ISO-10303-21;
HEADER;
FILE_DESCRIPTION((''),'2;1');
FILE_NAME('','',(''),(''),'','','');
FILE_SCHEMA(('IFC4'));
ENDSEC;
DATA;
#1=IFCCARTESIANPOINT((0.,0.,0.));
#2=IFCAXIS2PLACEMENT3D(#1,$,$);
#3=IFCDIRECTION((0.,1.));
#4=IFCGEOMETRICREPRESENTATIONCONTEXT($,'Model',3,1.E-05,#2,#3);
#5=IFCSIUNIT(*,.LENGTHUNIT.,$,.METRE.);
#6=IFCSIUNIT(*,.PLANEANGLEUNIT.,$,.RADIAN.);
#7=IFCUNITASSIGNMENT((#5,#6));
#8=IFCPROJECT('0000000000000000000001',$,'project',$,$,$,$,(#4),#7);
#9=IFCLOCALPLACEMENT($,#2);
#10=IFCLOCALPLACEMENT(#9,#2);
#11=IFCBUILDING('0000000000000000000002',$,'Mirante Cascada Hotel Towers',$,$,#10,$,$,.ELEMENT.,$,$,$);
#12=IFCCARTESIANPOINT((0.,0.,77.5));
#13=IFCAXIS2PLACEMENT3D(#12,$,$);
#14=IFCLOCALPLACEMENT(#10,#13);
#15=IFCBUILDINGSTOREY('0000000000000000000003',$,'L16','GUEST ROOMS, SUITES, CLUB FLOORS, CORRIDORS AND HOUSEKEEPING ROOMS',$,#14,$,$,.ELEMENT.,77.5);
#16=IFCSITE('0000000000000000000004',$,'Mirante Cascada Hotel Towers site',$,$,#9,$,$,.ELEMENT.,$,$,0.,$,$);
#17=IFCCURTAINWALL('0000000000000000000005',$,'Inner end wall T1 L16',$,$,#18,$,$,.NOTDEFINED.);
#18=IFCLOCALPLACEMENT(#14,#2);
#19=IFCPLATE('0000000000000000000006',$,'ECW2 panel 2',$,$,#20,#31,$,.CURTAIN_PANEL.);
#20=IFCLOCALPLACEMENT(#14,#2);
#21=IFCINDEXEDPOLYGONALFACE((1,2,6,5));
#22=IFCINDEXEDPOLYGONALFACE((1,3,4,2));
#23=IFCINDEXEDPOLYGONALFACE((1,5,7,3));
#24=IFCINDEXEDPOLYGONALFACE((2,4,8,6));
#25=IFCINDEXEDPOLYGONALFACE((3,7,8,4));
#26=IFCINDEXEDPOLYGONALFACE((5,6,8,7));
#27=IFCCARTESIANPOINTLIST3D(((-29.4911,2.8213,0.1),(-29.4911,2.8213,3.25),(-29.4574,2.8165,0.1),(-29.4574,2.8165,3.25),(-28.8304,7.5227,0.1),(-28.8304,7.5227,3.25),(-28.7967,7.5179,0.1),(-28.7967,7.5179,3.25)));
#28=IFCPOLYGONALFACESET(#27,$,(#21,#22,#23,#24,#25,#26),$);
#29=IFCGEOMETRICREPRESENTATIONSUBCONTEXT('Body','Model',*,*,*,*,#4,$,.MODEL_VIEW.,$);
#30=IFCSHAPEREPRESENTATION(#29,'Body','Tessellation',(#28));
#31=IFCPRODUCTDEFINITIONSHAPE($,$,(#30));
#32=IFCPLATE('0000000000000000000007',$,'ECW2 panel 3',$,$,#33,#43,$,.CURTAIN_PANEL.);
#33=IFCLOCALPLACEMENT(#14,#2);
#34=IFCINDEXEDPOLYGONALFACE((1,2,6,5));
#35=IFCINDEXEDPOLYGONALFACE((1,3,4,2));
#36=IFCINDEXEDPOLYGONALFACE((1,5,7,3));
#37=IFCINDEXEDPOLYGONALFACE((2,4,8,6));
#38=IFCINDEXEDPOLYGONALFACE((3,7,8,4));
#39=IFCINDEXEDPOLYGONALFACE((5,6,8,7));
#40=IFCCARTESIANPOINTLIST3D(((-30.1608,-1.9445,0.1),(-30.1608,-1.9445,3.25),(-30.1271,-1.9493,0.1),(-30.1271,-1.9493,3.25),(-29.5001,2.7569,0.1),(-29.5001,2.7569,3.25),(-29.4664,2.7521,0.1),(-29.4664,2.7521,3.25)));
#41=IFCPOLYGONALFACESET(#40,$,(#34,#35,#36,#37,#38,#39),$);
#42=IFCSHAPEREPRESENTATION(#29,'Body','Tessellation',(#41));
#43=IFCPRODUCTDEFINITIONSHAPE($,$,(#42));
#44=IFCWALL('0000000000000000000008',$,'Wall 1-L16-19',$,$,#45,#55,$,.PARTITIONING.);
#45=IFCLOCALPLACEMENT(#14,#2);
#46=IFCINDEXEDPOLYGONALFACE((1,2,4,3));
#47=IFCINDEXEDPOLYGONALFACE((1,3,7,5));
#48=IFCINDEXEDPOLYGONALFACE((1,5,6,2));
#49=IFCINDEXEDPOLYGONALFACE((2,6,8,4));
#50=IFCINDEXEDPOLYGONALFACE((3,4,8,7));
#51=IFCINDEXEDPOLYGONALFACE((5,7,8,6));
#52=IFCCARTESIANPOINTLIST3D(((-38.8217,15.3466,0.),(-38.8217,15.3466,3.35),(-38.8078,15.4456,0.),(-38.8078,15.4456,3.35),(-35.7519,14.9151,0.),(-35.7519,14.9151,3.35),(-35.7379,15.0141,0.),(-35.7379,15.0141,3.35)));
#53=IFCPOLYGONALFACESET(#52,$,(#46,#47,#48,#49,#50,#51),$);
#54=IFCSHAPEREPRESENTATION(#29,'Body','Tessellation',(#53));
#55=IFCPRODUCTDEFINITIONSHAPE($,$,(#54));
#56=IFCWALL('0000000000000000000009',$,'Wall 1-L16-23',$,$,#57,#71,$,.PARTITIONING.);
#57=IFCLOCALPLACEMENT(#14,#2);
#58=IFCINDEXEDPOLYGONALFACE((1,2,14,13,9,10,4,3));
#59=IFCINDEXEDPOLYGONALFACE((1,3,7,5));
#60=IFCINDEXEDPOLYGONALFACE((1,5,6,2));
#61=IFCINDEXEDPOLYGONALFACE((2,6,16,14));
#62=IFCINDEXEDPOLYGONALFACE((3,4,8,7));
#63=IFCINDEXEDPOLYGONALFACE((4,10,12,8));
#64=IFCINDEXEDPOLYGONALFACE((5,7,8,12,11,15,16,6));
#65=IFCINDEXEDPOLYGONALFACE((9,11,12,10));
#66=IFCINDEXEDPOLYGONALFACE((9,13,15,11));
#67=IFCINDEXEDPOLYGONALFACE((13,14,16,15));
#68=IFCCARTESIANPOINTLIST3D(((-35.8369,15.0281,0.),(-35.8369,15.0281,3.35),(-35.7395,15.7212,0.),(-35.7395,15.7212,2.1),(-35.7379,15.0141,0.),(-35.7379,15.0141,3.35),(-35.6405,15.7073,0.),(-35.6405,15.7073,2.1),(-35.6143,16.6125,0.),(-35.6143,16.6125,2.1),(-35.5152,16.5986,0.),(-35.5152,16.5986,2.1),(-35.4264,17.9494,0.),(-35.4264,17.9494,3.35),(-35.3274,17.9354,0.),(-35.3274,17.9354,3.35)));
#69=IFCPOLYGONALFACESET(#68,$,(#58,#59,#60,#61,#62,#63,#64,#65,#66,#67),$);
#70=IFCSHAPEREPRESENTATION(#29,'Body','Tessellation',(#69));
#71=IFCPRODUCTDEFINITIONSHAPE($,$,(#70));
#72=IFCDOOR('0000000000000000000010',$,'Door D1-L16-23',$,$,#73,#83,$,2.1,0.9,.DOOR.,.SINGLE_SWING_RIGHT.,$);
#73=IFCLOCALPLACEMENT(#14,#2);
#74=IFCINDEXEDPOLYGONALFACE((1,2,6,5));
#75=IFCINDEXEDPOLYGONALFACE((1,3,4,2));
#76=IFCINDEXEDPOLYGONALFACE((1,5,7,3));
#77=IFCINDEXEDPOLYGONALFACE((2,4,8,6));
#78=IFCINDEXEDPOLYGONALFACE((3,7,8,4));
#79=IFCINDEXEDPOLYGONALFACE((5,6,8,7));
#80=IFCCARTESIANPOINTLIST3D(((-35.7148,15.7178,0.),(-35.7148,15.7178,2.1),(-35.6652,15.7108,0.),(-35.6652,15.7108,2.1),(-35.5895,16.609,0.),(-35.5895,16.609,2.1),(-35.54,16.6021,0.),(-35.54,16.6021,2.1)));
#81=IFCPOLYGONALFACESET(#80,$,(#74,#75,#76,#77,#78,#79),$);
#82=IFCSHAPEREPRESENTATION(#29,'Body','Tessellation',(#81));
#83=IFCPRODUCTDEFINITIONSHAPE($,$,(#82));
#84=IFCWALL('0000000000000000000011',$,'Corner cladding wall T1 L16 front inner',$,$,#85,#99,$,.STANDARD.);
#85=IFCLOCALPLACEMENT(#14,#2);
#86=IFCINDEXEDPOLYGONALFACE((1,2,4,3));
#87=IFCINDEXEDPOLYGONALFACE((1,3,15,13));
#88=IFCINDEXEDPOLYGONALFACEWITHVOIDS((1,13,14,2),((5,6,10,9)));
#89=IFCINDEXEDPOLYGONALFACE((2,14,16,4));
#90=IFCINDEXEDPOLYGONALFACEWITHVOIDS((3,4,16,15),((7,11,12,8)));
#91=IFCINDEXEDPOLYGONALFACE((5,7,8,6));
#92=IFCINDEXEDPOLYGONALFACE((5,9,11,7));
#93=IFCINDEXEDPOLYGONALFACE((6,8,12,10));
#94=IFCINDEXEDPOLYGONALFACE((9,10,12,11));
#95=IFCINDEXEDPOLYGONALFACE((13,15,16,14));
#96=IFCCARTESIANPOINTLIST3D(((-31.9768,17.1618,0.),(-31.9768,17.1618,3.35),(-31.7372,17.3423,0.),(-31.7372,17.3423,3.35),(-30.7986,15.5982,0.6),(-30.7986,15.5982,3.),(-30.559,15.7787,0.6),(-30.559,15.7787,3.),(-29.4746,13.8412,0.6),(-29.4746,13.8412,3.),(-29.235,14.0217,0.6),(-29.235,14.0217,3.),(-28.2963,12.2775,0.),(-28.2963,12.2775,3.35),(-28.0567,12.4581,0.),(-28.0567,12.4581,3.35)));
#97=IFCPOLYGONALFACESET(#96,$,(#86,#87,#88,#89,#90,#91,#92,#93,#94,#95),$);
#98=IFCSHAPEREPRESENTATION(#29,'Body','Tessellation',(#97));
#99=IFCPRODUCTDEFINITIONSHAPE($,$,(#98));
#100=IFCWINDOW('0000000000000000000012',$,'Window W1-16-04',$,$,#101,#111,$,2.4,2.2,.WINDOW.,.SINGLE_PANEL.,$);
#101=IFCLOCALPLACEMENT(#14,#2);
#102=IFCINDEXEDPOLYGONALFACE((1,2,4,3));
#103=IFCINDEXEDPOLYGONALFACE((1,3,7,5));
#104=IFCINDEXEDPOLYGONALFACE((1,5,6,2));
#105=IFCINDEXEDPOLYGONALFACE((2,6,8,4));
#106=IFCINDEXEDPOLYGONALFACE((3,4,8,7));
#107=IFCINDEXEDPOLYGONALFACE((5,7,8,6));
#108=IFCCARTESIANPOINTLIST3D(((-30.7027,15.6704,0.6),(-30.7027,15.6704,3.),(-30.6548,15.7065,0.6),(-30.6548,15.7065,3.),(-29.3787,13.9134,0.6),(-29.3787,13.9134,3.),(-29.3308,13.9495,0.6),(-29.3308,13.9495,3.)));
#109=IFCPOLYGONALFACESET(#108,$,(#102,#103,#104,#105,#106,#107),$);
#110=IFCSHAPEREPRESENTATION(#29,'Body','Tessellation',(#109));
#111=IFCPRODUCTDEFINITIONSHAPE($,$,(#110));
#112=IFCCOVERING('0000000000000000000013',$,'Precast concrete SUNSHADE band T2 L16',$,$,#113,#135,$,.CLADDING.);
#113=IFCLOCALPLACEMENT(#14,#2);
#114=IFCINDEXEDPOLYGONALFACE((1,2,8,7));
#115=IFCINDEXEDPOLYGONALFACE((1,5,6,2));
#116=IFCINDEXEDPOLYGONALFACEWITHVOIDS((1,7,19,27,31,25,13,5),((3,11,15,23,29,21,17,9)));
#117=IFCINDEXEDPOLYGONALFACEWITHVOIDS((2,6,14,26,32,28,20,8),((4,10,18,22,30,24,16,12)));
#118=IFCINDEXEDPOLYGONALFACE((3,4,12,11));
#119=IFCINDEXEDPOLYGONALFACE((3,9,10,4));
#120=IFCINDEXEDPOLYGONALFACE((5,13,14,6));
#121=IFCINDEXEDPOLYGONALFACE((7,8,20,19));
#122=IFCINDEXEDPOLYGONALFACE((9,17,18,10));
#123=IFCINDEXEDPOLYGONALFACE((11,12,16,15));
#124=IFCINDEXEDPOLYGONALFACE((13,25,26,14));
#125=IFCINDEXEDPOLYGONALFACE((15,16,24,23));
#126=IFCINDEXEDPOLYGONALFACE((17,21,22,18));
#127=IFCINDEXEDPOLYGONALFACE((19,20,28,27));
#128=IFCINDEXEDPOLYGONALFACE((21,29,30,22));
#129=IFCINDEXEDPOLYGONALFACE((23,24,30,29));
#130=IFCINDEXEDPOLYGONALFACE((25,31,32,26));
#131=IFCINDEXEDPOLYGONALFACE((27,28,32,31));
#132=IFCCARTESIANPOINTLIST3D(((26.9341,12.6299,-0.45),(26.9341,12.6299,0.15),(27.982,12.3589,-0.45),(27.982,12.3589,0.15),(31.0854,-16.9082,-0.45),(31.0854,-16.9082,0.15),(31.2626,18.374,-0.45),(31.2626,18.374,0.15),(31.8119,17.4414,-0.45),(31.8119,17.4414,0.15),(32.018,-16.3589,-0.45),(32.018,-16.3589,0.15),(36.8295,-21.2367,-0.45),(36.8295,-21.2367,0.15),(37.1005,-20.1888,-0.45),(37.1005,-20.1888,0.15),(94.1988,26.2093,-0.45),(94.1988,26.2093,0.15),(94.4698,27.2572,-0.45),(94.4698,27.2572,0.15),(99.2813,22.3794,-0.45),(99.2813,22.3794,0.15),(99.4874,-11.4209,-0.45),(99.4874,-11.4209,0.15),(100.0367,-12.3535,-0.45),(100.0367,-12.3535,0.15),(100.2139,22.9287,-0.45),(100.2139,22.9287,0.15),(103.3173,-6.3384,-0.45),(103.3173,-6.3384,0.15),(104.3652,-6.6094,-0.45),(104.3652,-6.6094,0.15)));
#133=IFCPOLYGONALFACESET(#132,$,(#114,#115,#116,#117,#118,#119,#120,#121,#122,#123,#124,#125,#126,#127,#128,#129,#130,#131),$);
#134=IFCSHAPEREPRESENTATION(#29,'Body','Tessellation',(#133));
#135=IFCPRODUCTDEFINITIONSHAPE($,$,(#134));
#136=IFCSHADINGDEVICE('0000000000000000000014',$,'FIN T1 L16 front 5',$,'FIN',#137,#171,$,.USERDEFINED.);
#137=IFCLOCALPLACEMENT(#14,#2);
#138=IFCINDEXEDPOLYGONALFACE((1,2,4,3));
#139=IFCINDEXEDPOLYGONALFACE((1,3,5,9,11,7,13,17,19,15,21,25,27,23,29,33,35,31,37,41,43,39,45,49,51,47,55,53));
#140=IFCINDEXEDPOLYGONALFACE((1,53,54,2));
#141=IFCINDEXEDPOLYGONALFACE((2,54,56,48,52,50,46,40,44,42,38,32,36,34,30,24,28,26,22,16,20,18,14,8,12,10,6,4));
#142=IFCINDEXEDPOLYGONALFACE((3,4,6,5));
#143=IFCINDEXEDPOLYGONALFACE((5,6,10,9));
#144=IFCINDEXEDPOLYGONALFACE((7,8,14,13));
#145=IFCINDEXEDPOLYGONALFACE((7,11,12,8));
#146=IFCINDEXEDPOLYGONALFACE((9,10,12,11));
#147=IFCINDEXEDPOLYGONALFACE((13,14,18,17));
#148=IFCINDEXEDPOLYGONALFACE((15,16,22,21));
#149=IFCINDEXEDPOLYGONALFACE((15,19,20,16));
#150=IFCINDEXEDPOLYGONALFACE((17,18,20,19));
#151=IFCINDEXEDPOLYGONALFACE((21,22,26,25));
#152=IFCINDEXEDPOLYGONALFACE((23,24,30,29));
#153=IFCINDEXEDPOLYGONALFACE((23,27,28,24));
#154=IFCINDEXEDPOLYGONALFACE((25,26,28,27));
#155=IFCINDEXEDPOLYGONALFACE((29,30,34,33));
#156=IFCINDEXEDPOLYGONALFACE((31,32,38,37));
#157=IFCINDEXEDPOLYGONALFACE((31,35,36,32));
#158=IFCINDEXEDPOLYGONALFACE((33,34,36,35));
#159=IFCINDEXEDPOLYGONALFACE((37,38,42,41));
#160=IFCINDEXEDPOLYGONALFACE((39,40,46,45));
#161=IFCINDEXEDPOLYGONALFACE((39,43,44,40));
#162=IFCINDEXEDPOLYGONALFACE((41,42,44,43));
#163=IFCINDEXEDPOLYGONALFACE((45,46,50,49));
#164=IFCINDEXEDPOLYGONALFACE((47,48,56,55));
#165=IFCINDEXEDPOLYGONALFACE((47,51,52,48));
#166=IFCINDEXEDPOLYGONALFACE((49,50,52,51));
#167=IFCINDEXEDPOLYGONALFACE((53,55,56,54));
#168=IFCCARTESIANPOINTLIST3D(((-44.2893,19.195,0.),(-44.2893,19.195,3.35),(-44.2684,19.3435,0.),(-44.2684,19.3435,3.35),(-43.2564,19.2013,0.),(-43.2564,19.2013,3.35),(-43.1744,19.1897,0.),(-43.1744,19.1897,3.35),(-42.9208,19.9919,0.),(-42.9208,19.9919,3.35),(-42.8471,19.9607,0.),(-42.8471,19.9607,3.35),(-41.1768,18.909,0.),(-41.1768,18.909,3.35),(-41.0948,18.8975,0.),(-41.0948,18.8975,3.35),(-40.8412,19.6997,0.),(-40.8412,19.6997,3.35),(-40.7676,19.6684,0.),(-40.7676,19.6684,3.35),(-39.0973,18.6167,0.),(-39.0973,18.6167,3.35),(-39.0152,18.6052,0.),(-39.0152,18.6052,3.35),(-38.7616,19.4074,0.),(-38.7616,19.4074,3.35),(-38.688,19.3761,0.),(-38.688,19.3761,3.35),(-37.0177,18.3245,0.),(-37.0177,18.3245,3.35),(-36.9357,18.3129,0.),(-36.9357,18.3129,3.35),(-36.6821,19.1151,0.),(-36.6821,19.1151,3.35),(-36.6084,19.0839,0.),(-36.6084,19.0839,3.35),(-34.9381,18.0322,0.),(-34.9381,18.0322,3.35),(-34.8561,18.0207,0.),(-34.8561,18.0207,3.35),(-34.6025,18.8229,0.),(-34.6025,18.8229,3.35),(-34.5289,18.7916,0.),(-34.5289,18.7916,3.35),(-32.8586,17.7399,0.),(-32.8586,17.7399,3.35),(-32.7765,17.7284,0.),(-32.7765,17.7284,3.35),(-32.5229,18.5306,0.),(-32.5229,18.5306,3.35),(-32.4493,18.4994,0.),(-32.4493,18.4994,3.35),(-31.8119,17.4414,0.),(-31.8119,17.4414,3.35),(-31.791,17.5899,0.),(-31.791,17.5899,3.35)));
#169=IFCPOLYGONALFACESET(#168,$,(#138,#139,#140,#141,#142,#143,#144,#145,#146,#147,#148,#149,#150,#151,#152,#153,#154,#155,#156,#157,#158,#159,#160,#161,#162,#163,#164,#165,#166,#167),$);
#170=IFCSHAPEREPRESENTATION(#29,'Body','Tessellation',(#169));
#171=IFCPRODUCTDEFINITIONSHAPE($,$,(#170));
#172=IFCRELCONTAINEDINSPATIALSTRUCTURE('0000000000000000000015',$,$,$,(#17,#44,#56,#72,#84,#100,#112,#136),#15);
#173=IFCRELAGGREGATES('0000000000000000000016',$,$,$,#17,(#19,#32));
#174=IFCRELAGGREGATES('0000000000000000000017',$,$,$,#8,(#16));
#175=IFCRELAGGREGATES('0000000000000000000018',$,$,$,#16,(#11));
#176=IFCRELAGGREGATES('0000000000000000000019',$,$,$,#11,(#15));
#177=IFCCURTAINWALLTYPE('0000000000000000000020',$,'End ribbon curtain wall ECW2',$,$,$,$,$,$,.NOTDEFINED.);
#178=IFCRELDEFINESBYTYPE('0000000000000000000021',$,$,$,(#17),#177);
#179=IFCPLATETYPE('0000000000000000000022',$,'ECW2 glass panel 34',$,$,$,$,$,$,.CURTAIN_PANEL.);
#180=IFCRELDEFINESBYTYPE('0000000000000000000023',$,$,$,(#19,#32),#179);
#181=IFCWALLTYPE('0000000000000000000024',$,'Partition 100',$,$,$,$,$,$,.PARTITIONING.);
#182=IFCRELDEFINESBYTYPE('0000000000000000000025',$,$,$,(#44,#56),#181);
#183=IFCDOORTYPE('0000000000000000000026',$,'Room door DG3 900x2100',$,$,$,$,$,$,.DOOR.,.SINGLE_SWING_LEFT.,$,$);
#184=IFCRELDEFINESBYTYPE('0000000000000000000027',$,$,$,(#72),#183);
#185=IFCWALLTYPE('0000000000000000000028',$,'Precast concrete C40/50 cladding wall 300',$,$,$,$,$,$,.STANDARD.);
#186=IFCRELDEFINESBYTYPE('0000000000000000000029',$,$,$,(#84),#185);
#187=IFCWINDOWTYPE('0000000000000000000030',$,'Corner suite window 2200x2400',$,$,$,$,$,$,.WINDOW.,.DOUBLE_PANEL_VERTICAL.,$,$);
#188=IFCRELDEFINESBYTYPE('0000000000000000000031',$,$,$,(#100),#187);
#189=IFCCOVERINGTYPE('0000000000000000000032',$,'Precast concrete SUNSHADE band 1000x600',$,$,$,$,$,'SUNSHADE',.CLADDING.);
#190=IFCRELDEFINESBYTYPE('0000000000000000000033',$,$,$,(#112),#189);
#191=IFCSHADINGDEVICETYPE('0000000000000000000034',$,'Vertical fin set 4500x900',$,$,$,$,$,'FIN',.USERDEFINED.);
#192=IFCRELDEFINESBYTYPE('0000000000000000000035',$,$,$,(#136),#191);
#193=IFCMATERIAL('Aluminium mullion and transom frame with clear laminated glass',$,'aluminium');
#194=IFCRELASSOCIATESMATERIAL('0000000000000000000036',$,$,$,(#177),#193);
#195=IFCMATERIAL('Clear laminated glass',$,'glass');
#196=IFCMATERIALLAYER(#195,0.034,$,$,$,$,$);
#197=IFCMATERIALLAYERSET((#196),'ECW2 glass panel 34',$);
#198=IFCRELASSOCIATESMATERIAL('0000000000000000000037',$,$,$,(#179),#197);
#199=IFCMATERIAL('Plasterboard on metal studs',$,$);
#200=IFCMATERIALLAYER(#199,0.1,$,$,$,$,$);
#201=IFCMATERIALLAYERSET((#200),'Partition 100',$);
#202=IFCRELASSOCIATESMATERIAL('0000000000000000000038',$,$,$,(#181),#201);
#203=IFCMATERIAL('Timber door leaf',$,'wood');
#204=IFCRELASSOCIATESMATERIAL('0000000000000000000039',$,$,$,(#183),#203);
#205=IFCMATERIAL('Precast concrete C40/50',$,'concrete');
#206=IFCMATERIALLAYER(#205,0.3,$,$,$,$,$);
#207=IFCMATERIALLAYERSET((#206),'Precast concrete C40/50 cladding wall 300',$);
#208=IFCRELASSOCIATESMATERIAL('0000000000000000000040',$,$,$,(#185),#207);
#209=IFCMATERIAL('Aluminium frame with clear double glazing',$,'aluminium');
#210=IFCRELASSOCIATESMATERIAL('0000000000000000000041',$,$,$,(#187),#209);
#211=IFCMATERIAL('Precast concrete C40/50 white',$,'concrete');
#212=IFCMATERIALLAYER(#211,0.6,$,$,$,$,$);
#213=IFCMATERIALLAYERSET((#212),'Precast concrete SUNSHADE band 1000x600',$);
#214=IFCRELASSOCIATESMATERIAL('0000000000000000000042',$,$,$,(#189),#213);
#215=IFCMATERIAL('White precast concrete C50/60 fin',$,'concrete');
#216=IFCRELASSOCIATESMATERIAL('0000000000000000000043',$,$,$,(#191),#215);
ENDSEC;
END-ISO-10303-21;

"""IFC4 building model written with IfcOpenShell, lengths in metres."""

from ifc_helpers import new_model, si_unit, direction, frame, frame_2d, origin, origin_2d, place, context, subcontext, project, spatial, polyline, rectangle, outline, extrude, material, layer, layer_set, type_object, element, fill, aggregate, save


model = new_model("IFC4")

# Units and contexts
model_context = context("Model", 3, precision=1e-05, world=origin(), true_north=direction((0.0, 1.0)))
body_context = subcontext(model_context, "Body", "Model", "MODEL_VIEW")
ifc_project = project(units=[si_unit("LENGTHUNIT", "METRE"), si_unit("PLANEANGLEUNIT", "RADIAN")], contexts=[model_context])

# Site, building, storey
site_placement = place(None, origin())
site = spatial("IfcSite", under=ifc_project, at=site_placement, Name="Mirante Cascada Hotel Towers site", CompositionType="ELEMENT", RefElevation=0.0)
building_placement = place(site_placement, origin())
building = spatial("IfcBuilding", under=site, at=building_placement, Name="Mirante Cascada Hotel Towers", CompositionType="ELEMENT")
storey_placement = place(building_placement, frame((0.0, 0.0, 77.5)))
storey = spatial("IfcBuildingStorey", under=building, at=storey_placement, Name="L16", Description="GUEST ROOMS, SUITES, CLUB FLOORS, CORRIDORS AND HOUSEKEEPING ROOMS", CompositionType="ELEMENT", Elevation=77.5)

# Curtain wall
ifc_material_1 = material(Name="Aluminium mullion and transom frame with clear laminated glass", Category="aluminium")
curtain_wall_type_1 = type_object("IfcCurtainWallType", Name="End ribbon curtain wall ECW2", PredefinedType="NOTDEFINED", material=ifc_material_1)
curtain_wall_1_placement = place(storey_placement, origin())
curtain_wall_1 = element("IfcCurtainWall", 1, at=curtain_wall_1_placement, inside=storey, type_object=curtain_wall_type_1, Name="Inner end wall T1 L16", PredefinedType="NOTDEFINED")

# Plates
ifc_material_2 = material(Name="Clear laminated glass", Category="glass")
ifc_layer_1 = layer(ifc_material_2, 0.034)
ifc_layer_set_1 = layer_set([ifc_layer_1], Name="ECW2 glass panel 34")
plate_type_1 = type_object("IfcPlateType", Name="ECW2 glass panel 34", PredefinedType="CURTAIN_PANEL", material=ifc_layer_set_1)
plate_1_placement = place(storey_placement, frame((-29.1439, 5.1696, 0.1), z_axis=(0.0, 0.0, 1.0), x_axis=(-0.139173, -0.990268, 0.0)))
plate_1 = element("IfcPlate", 2, at=plate_1_placement, type_object=plate_type_1, Name="ECW2 panel 2", PredefinedType="CURTAIN_PANEL", context=body_context, shape_type="SweptSolid", body=[
    extrude(rectangle(XDim=4.7476, YDim=0.034, at=origin_2d()), origin(), (0.0, 0.0, 1.0), 3.15),
])
plate_2_placement = place(storey_placement, frame((-29.8136, 0.4038, 0.1), z_axis=(0.0, 0.0, 1.0), x_axis=(-0.139173, -0.990268, 0.0)))
plate_2 = element("IfcPlate", 3, at=plate_2_placement, type_object=plate_type_1, Name="ECW2 panel 3", PredefinedType="CURTAIN_PANEL", context=body_context, shape_type="SweptSolid", body=[
    extrude(rectangle(XDim=4.7476, YDim=0.034, at=origin_2d()), origin(), (0.0, 0.0, 1.0), 3.15),
])
aggregate(curtain_wall_1, [plate_1, plate_2])

# Wall
ifc_material_3 = material(Name="Plasterboard on metal studs")
ifc_layer_2 = layer(ifc_material_3, 0.1)
ifc_layer_set_2 = layer_set([ifc_layer_2], Name="Partition 100")
wall_type_1 = type_object("IfcWallType", Name="Partition 100", PredefinedType="PARTITIONING", material=ifc_layer_set_2)
wall_1_placement = place(storey_placement, frame((-35.7449, 14.9646, 0.0), z_axis=(0.0, 0.0, 1.0), x_axis=(-0.990265, 0.139194, 0.0)))
element("IfcWall", 4, at=wall_1_placement, inside=storey, type_object=wall_type_1, Name="Wall 1-L16-19", PredefinedType="PARTITIONING", context=body_context, shape_type="SweptSolid", body=[
    extrude(rectangle(XDim=3.1, YDim=0.1, at=frame_2d((1.55, 0.0))), origin(), (0.0, 0.0, 1.0), 3.35),
])

# Wall, opening, door
wall_2_placement = place(storey_placement, frame((-35.7874, 15.0211, 0.0), z_axis=(0.0, 0.0, 1.0), x_axis=(0.139153, 0.990271, 0.0)))
wall_2 = element("IfcWall", 5, at=wall_2_placement, inside=storey, type_object=wall_type_1, Name="Wall 1-L16-23", PredefinedType="PARTITIONING", context=body_context, shape_type="SweptSolid", body=[
    extrude(rectangle(XDim=2.95, YDim=0.1, at=frame_2d((1.475, 0.0))), origin(), (0.0, 0.0, 1.0), 3.35),
])
opening_1_placement = place(wall_2_placement, frame((0.7, 0.0, 0.0)))
opening_1 = element("IfcOpeningElement", 6, at=opening_1_placement, cuts=wall_2, PredefinedType="OPENING", context=body_context, shape_type="SweptSolid", body=[
    extrude(rectangle(XDim=0.9, YDim=2.1, at=frame_2d((0.45, 1.05))), frame((0.0, 0.05, 0.0), z_axis=(0.0, -1.0, 0.0), x_axis=(1.0, 0.0, 0.0)), (0.0, 0.0, 1.0), 0.1),
])
ifc_material_4 = material(Name="Timber door leaf", Category="wood")
door_type = type_object("IfcDoorType", Name="Room door DG3 900x2100", OperationType="SINGLE_SWING_LEFT", PredefinedType="DOOR", material=ifc_material_4)
door_placement = place(opening_1_placement, frame((0.9, 0.0, 0.0), z_axis=(0.0, 0.0, 1.0), x_axis=(-1.0, 0.0, 0.0)))
door = element("IfcDoor", 7, at=door_placement, inside=storey, type_object=door_type, Name="Door D1-L16-23", OperationType="SINGLE_SWING_RIGHT", OverallHeight=2.1, OverallWidth=0.9, PredefinedType="DOOR", context=body_context, shape_type="SweptSolid", body=[
    extrude(rectangle(XDim=0.9, YDim=2.1, at=frame_2d((0.45, 1.05))), frame((0.0, 0.025, 0.0), z_axis=(0.0, -1.0, 0.0), x_axis=(1.0, 0.0, 0.0)), (0.0, 0.0, 1.0), 0.05),
])
fill(opening_1, door)

# Wall, opening, window
ifc_material_5 = material(Name="Precast concrete C40/50", Category="concrete")
ifc_layer_3 = layer(ifc_material_5, 0.3)
ifc_layer_set_3 = layer_set([ifc_layer_3], Name="Precast concrete C40/50 cladding wall 300")
wall_type_2 = type_object("IfcWallType", Name="Precast concrete C40/50 cladding wall 300", PredefinedType="STANDARD", material=ifc_layer_set_3)
wall_3_placement = place(storey_placement, frame((-31.857, 17.252, 0.0), z_axis=(0.0, 0.0, 1.0), x_axis=(0.601814, -0.798636, 0.0)))
wall_3 = element("IfcWall", 8, at=wall_3_placement, inside=storey, type_object=wall_type_2, Name="Corner cladding wall T1 L16 front inner", PredefinedType="STANDARD", context=body_context, shape_type="SweptSolid", body=[
    extrude(rectangle(XDim=6.1157, YDim=0.3, at=frame_2d((3.0578, 0.0))), origin(), (0.0, 0.0, 1.0), 3.35),
])
opening_2_placement = place(wall_3_placement, frame((1.9578, 0.0, 0.6)))
opening_2 = element("IfcOpeningElement", 9, at=opening_2_placement, cuts=wall_3, PredefinedType="OPENING", context=body_context, shape_type="SweptSolid", body=[
    extrude(rectangle(XDim=2.2, YDim=2.4, at=frame_2d((1.1, 1.2))), frame((0.0, 0.15, 0.0), z_axis=(0.0, -1.0, 0.0), x_axis=(1.0, 0.0, 0.0)), (0.0, 0.0, 1.0), 0.3),
])
ifc_material_6 = material(Name="Aluminium frame with clear double glazing", Category="aluminium")
window_type = type_object("IfcWindowType", Name="Corner suite window 2200x2400", PartitioningType="DOUBLE_PANEL_VERTICAL", PredefinedType="WINDOW", material=ifc_material_6)
window_placement = place(opening_2_placement, origin())
window = element("IfcWindow", 10, at=window_placement, inside=storey, type_object=window_type, Name="Window W1-16-04", OverallHeight=2.4, OverallWidth=2.2, PartitioningType="SINGLE_PANEL", PredefinedType="WINDOW", context=body_context, shape_type="SweptSolid", body=[
    extrude(rectangle(XDim=2.2, YDim=2.4, at=frame_2d((1.1, 1.2))), frame((0.0, 0.03, 0.0), z_axis=(0.0, -1.0, 0.0), x_axis=(1.0, 0.0, 0.0)), (0.0, 0.0, 1.0), 0.06),
])
fill(opening_2, window)

# Covering
ifc_material_7 = material(Name="Precast concrete C40/50 white", Category="concrete")
ifc_layer_4 = layer(ifc_material_7, 0.6)
ifc_layer_set_4 = layer_set([ifc_layer_4], Name="Precast concrete SUNSHADE band 1000x600")
covering_type = type_object("IfcCoveringType", Name="Precast concrete SUNSHADE band 1000x600", ElementType="SUNSHADE", PredefinedType="CLADDING", material=ifc_layer_set_4)
covering_placement = place(storey_placement, frame((0.0, 0.0, -0.45)))
element("IfcCovering", 11, at=covering_placement, inside=storey, type_object=covering_type, Name="Precast concrete SUNSHADE band T2 L16", PredefinedType="CLADDING", context=body_context, shape_type="SweptSolid", body=[
    extrude(outline(polyline([(26.9341, 12.6299), (31.2626, 18.374), (94.4698, 27.2572), (100.2139, 22.9287), (104.3652, -6.6094), (100.0367, -12.3535), (36.8295, -21.2367), (31.0854, -16.9082), (26.9341, 12.6299)]), holes=[polyline([(103.3173, -6.3384), (99.2813, 22.3794), (94.1988, 26.2093), (31.8119, 17.4414), (27.982, 12.3589), (32.018, -16.3589), (37.1005, -20.1888), (99.4874, -11.4209), (103.3173, -6.3384)])]), origin(), (0.0, 0.0, 1.0), 0.6),
])

# Shading device
ifc_material_8 = material(Name="White precast concrete C50/60 fin", Category="concrete")
shading_device_type = type_object("IfcShadingDeviceType", Name="Vertical fin set 4500x900", ElementType="FIN", PredefinedType="USERDEFINED", material=ifc_material_8)
shading_device_1_placement = place(storey_placement, origin())
element("IfcShadingDevice", 12, at=shading_device_1_placement, inside=storey, type_object=shading_device_type, Name="FIN T1 L16 front 5", ObjectType="FIN", PredefinedType="USERDEFINED", context=body_context, shape_type="SweptSolid", body=[
    extrude(outline(polyline([(-32.4493, 18.4994), (-32.7765, 17.7284), (-31.791, 17.5899), (-31.8119, 17.4414), (-44.2893, 19.195), (-44.2684, 19.3435), (-43.2564, 19.2013), (-42.9208, 19.9919), (-42.8471, 19.9607), (-43.1744, 19.1897), (-41.1768, 18.909), (-40.8412, 19.6997), (-40.7676, 19.6684), (-41.0948, 18.8975), (-39.0973, 18.6167), (-38.7616, 19.4074), (-38.688, 19.3761), (-39.0152, 18.6052), (-37.0177, 18.3245), (-36.6821, 19.1151), (-36.6084, 19.0839), (-36.9357, 18.3129), (-34.9381, 18.0322), (-34.6025, 18.8229), (-34.5289, 18.7916), (-34.8561, 18.0207), (-32.8586, 17.7399), (-32.5229, 18.5306), (-32.4493, 18.4994)])), origin(), (0.0, 0.0, 1.0), 3.35),
])

save(model, "model.ifc")
